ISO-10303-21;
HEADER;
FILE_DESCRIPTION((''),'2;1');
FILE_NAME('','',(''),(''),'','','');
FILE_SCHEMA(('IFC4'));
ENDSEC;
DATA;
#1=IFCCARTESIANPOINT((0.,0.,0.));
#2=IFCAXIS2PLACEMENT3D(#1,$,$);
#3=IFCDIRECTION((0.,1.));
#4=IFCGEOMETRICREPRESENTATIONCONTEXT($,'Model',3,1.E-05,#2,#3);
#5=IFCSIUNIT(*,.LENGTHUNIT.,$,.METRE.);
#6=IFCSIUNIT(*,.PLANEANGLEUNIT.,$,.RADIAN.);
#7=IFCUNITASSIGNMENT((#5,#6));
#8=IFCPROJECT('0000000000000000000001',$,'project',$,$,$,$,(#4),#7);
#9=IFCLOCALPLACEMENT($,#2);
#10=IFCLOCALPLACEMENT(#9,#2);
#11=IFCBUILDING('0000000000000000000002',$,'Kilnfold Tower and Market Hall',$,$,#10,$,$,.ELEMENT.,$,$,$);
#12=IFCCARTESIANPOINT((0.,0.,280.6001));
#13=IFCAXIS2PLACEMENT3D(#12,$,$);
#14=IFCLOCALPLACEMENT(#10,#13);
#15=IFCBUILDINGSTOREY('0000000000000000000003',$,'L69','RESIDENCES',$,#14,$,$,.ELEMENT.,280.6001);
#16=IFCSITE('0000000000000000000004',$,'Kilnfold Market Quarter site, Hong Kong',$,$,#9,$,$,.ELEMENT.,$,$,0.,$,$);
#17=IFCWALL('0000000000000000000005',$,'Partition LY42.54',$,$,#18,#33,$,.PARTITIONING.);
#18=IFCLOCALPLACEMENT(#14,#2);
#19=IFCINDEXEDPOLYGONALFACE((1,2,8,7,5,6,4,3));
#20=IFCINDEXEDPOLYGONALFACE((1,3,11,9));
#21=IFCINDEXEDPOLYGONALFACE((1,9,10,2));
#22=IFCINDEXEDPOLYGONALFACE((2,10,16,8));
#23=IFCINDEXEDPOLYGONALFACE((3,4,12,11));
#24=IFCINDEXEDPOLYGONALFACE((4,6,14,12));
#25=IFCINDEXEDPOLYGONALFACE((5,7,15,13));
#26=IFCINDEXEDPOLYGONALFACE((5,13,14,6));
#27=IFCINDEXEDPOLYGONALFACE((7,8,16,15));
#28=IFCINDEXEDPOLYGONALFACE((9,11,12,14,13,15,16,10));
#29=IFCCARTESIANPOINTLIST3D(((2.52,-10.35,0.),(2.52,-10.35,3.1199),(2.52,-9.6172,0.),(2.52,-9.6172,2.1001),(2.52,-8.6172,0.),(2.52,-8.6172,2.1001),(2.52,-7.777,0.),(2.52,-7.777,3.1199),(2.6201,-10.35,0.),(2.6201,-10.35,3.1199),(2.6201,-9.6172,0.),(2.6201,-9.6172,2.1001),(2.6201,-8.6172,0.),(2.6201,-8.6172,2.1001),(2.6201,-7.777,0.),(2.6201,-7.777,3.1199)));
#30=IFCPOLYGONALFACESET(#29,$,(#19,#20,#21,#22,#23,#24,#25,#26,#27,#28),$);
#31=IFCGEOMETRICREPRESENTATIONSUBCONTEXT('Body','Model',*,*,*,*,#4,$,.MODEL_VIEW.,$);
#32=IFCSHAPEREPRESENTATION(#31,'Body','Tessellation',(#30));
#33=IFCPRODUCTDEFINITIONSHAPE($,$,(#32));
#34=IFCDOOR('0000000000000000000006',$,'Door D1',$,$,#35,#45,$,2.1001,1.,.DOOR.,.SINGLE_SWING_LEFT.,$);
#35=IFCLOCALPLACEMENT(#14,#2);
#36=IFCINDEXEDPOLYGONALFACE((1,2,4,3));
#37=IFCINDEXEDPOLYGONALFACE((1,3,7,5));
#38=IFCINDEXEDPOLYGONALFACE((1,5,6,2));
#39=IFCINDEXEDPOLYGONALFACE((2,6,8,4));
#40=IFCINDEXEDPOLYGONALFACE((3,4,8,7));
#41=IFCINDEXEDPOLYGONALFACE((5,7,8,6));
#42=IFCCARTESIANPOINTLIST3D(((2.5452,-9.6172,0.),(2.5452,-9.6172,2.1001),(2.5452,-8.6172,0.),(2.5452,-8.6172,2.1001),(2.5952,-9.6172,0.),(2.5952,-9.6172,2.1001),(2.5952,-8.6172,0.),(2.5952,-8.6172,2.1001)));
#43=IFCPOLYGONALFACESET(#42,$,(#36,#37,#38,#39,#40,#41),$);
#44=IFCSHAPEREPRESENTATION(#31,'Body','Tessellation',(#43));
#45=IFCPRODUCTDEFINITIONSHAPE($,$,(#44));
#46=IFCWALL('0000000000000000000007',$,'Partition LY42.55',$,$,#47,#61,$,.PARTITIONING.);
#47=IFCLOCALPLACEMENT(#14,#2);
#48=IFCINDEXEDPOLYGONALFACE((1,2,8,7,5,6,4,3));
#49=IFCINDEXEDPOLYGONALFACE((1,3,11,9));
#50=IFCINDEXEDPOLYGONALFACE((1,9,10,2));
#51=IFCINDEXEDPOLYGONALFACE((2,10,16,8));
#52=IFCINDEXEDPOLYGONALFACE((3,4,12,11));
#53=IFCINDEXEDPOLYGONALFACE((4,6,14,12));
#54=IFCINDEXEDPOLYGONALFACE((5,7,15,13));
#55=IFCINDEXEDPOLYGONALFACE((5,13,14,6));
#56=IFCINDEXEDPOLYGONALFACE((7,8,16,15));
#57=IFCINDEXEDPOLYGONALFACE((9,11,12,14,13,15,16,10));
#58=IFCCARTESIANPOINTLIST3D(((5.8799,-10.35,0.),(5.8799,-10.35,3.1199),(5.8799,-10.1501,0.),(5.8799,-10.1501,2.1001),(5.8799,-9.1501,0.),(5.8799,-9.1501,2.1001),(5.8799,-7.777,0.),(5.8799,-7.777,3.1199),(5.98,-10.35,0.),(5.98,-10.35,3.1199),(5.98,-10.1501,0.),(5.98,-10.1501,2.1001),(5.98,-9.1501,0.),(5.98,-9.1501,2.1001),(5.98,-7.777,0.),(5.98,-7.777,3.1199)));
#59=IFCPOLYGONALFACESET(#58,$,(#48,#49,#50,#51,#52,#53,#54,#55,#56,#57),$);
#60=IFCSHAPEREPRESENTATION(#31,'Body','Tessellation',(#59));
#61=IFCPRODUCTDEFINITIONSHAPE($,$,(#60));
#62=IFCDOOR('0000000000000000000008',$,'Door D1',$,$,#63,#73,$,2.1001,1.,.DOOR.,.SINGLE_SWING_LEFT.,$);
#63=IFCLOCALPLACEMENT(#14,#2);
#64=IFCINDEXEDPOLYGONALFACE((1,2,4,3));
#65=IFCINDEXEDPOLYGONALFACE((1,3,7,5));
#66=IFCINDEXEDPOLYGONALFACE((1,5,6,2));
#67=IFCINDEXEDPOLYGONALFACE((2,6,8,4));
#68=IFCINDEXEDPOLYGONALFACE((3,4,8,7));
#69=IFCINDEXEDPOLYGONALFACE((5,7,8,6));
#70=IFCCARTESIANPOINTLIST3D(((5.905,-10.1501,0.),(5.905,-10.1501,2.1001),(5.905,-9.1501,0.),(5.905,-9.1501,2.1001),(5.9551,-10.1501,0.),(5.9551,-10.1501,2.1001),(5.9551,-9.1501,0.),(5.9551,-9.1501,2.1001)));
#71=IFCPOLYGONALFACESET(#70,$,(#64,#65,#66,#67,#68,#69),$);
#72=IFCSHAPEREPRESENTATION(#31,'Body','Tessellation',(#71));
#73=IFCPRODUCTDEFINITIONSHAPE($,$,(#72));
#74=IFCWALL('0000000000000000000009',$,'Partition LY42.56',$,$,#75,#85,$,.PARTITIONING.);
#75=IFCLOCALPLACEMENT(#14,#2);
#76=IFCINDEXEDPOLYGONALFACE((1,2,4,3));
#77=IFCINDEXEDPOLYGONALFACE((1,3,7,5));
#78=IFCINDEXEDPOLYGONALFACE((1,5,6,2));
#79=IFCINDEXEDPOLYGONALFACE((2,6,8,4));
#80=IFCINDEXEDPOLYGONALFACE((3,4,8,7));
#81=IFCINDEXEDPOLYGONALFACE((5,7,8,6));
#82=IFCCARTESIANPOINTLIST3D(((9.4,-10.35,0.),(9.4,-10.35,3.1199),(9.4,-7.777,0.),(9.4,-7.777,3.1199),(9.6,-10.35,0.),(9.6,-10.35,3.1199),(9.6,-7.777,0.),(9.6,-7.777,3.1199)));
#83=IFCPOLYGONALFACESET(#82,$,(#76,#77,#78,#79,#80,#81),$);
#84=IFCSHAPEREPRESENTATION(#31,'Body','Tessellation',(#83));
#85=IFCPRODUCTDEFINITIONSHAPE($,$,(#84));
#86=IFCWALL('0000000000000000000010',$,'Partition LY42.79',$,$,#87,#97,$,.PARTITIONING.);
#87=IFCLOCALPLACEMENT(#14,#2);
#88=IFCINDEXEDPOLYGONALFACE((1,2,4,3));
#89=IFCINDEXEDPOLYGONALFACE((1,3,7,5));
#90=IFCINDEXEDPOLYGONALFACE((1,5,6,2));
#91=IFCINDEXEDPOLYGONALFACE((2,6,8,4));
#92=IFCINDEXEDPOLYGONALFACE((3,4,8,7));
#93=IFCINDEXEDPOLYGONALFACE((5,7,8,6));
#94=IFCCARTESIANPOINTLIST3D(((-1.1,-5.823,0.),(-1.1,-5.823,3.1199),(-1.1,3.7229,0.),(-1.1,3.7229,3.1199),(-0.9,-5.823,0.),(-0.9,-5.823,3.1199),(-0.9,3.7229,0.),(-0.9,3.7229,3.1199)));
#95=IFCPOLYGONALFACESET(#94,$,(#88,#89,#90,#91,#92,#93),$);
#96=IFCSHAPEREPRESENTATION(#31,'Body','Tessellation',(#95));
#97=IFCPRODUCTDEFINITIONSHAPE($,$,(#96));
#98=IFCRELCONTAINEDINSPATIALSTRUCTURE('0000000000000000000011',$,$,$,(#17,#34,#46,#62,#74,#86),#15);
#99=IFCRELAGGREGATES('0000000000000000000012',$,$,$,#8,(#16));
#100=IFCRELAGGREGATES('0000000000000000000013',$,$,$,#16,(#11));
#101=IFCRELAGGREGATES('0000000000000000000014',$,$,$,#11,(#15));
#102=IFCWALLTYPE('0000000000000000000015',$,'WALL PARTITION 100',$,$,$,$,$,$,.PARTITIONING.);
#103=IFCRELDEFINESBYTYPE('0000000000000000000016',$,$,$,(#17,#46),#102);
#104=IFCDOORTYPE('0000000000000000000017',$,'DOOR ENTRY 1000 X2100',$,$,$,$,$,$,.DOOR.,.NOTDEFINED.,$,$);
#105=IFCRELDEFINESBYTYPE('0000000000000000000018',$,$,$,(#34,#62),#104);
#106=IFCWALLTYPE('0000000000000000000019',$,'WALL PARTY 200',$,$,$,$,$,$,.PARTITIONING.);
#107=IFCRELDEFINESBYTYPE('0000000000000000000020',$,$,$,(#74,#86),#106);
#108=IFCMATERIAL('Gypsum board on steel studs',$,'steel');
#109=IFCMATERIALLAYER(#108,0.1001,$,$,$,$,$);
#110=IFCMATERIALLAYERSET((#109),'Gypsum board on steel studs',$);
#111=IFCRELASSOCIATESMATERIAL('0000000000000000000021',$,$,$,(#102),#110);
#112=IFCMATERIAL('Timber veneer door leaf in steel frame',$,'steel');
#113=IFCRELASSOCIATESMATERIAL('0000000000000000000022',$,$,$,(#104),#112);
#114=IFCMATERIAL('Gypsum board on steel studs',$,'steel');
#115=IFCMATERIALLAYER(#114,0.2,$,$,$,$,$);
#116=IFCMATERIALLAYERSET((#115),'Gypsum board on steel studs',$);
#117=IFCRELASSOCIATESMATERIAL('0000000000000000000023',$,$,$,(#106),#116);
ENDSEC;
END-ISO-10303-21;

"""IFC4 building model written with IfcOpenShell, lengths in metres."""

from ifc_helpers import new_model, si_unit, direction, frame, frame_2d, origin, place, context, subcontext, project, spatial, rectangle, extrude, material, layer, layer_set, type_object, element, fill, save


model = new_model("IFC4")

# Units and contexts
model_context = context("Model", 3, precision=1e-05, world=origin(), true_north=direction((0.0, 1.0)))
body_context = subcontext(model_context, "Body", "Model", "MODEL_VIEW")
ifc_project = project(units=[si_unit("LENGTHUNIT", "METRE"), si_unit("PLANEANGLEUNIT", "RADIAN")], contexts=[model_context])

# Site, building, storey
site_placement = place(None, origin())
site = spatial("IfcSite", under=ifc_project, at=site_placement, Name="Kilnfold Market Quarter site, Hong Kong", CompositionType="ELEMENT", RefElevation=0.0)
building_placement = place(site_placement, origin())
building = spatial("IfcBuilding", under=site, at=building_placement, Name="Kilnfold Tower and Market Hall", CompositionType="ELEMENT")
storey_placement = place(building_placement, frame((0.0, 0.0, 280.6001)))
storey = spatial("IfcBuildingStorey", under=building, at=storey_placement, Name="L69", Description="RESIDENCES", CompositionType="ELEMENT", Elevation=280.6001)

# Walls, openings, doors
ifc_material_1 = material(Name="Gypsum board on steel studs", Category="steel")
ifc_layer_1 = layer(ifc_material_1, 0.1001)
ifc_layer_set_1 = layer_set([ifc_layer_1], Name="Gypsum board on steel studs")
wall_type_1 = type_object("IfcWallType", Name="WALL PARTITION 100", PredefinedType="PARTITIONING", material=ifc_layer_set_1)
wall_1_placement = place(storey_placement, frame((2.5701, -10.3501, 0.0), z_axis=(0.0, 0.0, 1.0), x_axis=(0.0, 1.0, 0.0)))
wall_1 = element("IfcWall", 1, at=wall_1_placement, inside=storey, type_object=wall_type_1, Name="Partition LY42.54", PredefinedType="PARTITIONING", context=body_context, shape_type="SweptSolid", body=[
    extrude(rectangle(XDim=2.573, YDim=0.1001, at=frame_2d((1.2866, 0.0))), origin(), (0.0, 0.0, 1.0), 3.1199),
])
opening_1_placement = place(wall_1_placement, frame((0.7329, 0.0, 0.0)))
opening_1 = element("IfcOpeningElement", 2, at=opening_1_placement, cuts=wall_1, PredefinedType="OPENING", context=body_context, shape_type="SweptSolid", body=[
    extrude(rectangle(XDim=1.0, YDim=2.1001, at=frame_2d((0.5, 1.05))), frame((0.0, 0.0601, 0.0), z_axis=(0.0, -1.0, 0.0), x_axis=(1.0, 0.0, 0.0)), (0.0, 0.0, 1.0), 0.1201),
])
ifc_material_2 = material(Name="Timber veneer door leaf in steel frame", Category="steel")
door_type_1 = type_object("IfcDoorType", Name="DOOR ENTRY 1000 X2100", OperationType="NOTDEFINED", PredefinedType="DOOR", material=ifc_material_2)
door_1_placement = place(opening_1_placement, origin())
door_1 = element("IfcDoor", 3, at=door_1_placement, inside=storey, type_object=door_type_1, Name="Door D1", OperationType="SINGLE_SWING_LEFT", OverallHeight=2.1001, OverallWidth=1.0, PredefinedType="DOOR", context=body_context, shape_type="SweptSolid", body=[
    extrude(rectangle(XDim=1.0, YDim=2.1001, at=frame_2d((0.5, 1.05))), frame((0.0, 0.0249, 0.0), z_axis=(0.0, -1.0, 0.0), x_axis=(1.0, 0.0, 0.0)), (0.0, 0.0, 1.0), 0.05),
])
fill(opening_1, door_1)
wall_2_placement = place(storey_placement, frame((5.9299, -10.3501, 0.0), z_axis=(0.0, 0.0, 1.0), x_axis=(0.0, 1.0, 0.0)))
wall_2 = element("IfcWall", 4, at=wall_2_placement, inside=storey, type_object=wall_type_1, Name="Partition LY42.55", PredefinedType="PARTITIONING", context=body_context, shape_type="SweptSolid", body=[
    extrude(rectangle(XDim=2.573, YDim=0.1001, at=frame_2d((1.2866, 0.0))), origin(), (0.0, 0.0, 1.0), 3.1199),
])
opening_2_placement = place(wall_2_placement, frame((0.2, 0.0, 0.0)))
opening_2 = element("IfcOpeningElement", 5, at=opening_2_placement, cuts=wall_2, PredefinedType="OPENING", context=body_context, shape_type="SweptSolid", body=[
    extrude(rectangle(XDim=1.0, YDim=2.1001, at=frame_2d((0.5, 1.05))), frame((0.0, 0.0601, 0.0), z_axis=(0.0, -1.0, 0.0), x_axis=(1.0, 0.0, 0.0)), (0.0, 0.0, 1.0), 0.1201),
])
door_2_placement = place(opening_2_placement, origin())
door_2 = element("IfcDoor", 6, at=door_2_placement, inside=storey, type_object=door_type_1, Name="Door D1", OperationType="SINGLE_SWING_LEFT", OverallHeight=2.1001, OverallWidth=1.0, PredefinedType="DOOR", context=body_context, shape_type="SweptSolid", body=[
    extrude(rectangle(XDim=1.0, YDim=2.1001, at=frame_2d((0.5, 1.05))), frame((0.0, 0.0249, 0.0), z_axis=(0.0, -1.0, 0.0), x_axis=(1.0, 0.0, 0.0)), (0.0, 0.0, 1.0), 0.05),
])
fill(opening_2, door_2)

# Walls
ifc_material_3 = material(Name="Gypsum board on steel studs", Category="steel")
ifc_layer_2 = layer(ifc_material_3, 0.2)
ifc_layer_set_2 = layer_set([ifc_layer_2], Name="Gypsum board on steel studs")
wall_type_2 = type_object("IfcWallType", Name="WALL PARTY 200", PredefinedType="PARTITIONING", material=ifc_layer_set_2)
wall_3_placement = place(storey_placement, frame((9.5, -10.3501, 0.0), z_axis=(0.0, 0.0, 1.0), x_axis=(0.0, 1.0, 0.0)))
element("IfcWall", 7, at=wall_3_placement, inside=storey, type_object=wall_type_2, Name="Partition LY42.56", PredefinedType="PARTITIONING", context=body_context, shape_type="SweptSolid", body=[
    extrude(rectangle(XDim=2.573, YDim=0.2, at=frame_2d((1.2866, 0.0))), origin(), (0.0, 0.0, 1.0), 3.1199),
])
wall_4_placement = place(storey_placement, frame((-1.0, -5.823, 0.0), z_axis=(0.0, 0.0, 1.0), x_axis=(0.0, 1.0, 0.0)))
element("IfcWall", 8, at=wall_4_placement, inside=storey, type_object=wall_type_2, Name="Partition LY42.79", PredefinedType="PARTITIONING", context=body_context, shape_type="SweptSolid", body=[
    extrude(rectangle(XDim=9.5459, YDim=0.2, at=frame_2d((4.7729, 0.0))), origin(), (0.0, 0.0, 1.0), 3.1199),
])

save(model, "model.ifc")
